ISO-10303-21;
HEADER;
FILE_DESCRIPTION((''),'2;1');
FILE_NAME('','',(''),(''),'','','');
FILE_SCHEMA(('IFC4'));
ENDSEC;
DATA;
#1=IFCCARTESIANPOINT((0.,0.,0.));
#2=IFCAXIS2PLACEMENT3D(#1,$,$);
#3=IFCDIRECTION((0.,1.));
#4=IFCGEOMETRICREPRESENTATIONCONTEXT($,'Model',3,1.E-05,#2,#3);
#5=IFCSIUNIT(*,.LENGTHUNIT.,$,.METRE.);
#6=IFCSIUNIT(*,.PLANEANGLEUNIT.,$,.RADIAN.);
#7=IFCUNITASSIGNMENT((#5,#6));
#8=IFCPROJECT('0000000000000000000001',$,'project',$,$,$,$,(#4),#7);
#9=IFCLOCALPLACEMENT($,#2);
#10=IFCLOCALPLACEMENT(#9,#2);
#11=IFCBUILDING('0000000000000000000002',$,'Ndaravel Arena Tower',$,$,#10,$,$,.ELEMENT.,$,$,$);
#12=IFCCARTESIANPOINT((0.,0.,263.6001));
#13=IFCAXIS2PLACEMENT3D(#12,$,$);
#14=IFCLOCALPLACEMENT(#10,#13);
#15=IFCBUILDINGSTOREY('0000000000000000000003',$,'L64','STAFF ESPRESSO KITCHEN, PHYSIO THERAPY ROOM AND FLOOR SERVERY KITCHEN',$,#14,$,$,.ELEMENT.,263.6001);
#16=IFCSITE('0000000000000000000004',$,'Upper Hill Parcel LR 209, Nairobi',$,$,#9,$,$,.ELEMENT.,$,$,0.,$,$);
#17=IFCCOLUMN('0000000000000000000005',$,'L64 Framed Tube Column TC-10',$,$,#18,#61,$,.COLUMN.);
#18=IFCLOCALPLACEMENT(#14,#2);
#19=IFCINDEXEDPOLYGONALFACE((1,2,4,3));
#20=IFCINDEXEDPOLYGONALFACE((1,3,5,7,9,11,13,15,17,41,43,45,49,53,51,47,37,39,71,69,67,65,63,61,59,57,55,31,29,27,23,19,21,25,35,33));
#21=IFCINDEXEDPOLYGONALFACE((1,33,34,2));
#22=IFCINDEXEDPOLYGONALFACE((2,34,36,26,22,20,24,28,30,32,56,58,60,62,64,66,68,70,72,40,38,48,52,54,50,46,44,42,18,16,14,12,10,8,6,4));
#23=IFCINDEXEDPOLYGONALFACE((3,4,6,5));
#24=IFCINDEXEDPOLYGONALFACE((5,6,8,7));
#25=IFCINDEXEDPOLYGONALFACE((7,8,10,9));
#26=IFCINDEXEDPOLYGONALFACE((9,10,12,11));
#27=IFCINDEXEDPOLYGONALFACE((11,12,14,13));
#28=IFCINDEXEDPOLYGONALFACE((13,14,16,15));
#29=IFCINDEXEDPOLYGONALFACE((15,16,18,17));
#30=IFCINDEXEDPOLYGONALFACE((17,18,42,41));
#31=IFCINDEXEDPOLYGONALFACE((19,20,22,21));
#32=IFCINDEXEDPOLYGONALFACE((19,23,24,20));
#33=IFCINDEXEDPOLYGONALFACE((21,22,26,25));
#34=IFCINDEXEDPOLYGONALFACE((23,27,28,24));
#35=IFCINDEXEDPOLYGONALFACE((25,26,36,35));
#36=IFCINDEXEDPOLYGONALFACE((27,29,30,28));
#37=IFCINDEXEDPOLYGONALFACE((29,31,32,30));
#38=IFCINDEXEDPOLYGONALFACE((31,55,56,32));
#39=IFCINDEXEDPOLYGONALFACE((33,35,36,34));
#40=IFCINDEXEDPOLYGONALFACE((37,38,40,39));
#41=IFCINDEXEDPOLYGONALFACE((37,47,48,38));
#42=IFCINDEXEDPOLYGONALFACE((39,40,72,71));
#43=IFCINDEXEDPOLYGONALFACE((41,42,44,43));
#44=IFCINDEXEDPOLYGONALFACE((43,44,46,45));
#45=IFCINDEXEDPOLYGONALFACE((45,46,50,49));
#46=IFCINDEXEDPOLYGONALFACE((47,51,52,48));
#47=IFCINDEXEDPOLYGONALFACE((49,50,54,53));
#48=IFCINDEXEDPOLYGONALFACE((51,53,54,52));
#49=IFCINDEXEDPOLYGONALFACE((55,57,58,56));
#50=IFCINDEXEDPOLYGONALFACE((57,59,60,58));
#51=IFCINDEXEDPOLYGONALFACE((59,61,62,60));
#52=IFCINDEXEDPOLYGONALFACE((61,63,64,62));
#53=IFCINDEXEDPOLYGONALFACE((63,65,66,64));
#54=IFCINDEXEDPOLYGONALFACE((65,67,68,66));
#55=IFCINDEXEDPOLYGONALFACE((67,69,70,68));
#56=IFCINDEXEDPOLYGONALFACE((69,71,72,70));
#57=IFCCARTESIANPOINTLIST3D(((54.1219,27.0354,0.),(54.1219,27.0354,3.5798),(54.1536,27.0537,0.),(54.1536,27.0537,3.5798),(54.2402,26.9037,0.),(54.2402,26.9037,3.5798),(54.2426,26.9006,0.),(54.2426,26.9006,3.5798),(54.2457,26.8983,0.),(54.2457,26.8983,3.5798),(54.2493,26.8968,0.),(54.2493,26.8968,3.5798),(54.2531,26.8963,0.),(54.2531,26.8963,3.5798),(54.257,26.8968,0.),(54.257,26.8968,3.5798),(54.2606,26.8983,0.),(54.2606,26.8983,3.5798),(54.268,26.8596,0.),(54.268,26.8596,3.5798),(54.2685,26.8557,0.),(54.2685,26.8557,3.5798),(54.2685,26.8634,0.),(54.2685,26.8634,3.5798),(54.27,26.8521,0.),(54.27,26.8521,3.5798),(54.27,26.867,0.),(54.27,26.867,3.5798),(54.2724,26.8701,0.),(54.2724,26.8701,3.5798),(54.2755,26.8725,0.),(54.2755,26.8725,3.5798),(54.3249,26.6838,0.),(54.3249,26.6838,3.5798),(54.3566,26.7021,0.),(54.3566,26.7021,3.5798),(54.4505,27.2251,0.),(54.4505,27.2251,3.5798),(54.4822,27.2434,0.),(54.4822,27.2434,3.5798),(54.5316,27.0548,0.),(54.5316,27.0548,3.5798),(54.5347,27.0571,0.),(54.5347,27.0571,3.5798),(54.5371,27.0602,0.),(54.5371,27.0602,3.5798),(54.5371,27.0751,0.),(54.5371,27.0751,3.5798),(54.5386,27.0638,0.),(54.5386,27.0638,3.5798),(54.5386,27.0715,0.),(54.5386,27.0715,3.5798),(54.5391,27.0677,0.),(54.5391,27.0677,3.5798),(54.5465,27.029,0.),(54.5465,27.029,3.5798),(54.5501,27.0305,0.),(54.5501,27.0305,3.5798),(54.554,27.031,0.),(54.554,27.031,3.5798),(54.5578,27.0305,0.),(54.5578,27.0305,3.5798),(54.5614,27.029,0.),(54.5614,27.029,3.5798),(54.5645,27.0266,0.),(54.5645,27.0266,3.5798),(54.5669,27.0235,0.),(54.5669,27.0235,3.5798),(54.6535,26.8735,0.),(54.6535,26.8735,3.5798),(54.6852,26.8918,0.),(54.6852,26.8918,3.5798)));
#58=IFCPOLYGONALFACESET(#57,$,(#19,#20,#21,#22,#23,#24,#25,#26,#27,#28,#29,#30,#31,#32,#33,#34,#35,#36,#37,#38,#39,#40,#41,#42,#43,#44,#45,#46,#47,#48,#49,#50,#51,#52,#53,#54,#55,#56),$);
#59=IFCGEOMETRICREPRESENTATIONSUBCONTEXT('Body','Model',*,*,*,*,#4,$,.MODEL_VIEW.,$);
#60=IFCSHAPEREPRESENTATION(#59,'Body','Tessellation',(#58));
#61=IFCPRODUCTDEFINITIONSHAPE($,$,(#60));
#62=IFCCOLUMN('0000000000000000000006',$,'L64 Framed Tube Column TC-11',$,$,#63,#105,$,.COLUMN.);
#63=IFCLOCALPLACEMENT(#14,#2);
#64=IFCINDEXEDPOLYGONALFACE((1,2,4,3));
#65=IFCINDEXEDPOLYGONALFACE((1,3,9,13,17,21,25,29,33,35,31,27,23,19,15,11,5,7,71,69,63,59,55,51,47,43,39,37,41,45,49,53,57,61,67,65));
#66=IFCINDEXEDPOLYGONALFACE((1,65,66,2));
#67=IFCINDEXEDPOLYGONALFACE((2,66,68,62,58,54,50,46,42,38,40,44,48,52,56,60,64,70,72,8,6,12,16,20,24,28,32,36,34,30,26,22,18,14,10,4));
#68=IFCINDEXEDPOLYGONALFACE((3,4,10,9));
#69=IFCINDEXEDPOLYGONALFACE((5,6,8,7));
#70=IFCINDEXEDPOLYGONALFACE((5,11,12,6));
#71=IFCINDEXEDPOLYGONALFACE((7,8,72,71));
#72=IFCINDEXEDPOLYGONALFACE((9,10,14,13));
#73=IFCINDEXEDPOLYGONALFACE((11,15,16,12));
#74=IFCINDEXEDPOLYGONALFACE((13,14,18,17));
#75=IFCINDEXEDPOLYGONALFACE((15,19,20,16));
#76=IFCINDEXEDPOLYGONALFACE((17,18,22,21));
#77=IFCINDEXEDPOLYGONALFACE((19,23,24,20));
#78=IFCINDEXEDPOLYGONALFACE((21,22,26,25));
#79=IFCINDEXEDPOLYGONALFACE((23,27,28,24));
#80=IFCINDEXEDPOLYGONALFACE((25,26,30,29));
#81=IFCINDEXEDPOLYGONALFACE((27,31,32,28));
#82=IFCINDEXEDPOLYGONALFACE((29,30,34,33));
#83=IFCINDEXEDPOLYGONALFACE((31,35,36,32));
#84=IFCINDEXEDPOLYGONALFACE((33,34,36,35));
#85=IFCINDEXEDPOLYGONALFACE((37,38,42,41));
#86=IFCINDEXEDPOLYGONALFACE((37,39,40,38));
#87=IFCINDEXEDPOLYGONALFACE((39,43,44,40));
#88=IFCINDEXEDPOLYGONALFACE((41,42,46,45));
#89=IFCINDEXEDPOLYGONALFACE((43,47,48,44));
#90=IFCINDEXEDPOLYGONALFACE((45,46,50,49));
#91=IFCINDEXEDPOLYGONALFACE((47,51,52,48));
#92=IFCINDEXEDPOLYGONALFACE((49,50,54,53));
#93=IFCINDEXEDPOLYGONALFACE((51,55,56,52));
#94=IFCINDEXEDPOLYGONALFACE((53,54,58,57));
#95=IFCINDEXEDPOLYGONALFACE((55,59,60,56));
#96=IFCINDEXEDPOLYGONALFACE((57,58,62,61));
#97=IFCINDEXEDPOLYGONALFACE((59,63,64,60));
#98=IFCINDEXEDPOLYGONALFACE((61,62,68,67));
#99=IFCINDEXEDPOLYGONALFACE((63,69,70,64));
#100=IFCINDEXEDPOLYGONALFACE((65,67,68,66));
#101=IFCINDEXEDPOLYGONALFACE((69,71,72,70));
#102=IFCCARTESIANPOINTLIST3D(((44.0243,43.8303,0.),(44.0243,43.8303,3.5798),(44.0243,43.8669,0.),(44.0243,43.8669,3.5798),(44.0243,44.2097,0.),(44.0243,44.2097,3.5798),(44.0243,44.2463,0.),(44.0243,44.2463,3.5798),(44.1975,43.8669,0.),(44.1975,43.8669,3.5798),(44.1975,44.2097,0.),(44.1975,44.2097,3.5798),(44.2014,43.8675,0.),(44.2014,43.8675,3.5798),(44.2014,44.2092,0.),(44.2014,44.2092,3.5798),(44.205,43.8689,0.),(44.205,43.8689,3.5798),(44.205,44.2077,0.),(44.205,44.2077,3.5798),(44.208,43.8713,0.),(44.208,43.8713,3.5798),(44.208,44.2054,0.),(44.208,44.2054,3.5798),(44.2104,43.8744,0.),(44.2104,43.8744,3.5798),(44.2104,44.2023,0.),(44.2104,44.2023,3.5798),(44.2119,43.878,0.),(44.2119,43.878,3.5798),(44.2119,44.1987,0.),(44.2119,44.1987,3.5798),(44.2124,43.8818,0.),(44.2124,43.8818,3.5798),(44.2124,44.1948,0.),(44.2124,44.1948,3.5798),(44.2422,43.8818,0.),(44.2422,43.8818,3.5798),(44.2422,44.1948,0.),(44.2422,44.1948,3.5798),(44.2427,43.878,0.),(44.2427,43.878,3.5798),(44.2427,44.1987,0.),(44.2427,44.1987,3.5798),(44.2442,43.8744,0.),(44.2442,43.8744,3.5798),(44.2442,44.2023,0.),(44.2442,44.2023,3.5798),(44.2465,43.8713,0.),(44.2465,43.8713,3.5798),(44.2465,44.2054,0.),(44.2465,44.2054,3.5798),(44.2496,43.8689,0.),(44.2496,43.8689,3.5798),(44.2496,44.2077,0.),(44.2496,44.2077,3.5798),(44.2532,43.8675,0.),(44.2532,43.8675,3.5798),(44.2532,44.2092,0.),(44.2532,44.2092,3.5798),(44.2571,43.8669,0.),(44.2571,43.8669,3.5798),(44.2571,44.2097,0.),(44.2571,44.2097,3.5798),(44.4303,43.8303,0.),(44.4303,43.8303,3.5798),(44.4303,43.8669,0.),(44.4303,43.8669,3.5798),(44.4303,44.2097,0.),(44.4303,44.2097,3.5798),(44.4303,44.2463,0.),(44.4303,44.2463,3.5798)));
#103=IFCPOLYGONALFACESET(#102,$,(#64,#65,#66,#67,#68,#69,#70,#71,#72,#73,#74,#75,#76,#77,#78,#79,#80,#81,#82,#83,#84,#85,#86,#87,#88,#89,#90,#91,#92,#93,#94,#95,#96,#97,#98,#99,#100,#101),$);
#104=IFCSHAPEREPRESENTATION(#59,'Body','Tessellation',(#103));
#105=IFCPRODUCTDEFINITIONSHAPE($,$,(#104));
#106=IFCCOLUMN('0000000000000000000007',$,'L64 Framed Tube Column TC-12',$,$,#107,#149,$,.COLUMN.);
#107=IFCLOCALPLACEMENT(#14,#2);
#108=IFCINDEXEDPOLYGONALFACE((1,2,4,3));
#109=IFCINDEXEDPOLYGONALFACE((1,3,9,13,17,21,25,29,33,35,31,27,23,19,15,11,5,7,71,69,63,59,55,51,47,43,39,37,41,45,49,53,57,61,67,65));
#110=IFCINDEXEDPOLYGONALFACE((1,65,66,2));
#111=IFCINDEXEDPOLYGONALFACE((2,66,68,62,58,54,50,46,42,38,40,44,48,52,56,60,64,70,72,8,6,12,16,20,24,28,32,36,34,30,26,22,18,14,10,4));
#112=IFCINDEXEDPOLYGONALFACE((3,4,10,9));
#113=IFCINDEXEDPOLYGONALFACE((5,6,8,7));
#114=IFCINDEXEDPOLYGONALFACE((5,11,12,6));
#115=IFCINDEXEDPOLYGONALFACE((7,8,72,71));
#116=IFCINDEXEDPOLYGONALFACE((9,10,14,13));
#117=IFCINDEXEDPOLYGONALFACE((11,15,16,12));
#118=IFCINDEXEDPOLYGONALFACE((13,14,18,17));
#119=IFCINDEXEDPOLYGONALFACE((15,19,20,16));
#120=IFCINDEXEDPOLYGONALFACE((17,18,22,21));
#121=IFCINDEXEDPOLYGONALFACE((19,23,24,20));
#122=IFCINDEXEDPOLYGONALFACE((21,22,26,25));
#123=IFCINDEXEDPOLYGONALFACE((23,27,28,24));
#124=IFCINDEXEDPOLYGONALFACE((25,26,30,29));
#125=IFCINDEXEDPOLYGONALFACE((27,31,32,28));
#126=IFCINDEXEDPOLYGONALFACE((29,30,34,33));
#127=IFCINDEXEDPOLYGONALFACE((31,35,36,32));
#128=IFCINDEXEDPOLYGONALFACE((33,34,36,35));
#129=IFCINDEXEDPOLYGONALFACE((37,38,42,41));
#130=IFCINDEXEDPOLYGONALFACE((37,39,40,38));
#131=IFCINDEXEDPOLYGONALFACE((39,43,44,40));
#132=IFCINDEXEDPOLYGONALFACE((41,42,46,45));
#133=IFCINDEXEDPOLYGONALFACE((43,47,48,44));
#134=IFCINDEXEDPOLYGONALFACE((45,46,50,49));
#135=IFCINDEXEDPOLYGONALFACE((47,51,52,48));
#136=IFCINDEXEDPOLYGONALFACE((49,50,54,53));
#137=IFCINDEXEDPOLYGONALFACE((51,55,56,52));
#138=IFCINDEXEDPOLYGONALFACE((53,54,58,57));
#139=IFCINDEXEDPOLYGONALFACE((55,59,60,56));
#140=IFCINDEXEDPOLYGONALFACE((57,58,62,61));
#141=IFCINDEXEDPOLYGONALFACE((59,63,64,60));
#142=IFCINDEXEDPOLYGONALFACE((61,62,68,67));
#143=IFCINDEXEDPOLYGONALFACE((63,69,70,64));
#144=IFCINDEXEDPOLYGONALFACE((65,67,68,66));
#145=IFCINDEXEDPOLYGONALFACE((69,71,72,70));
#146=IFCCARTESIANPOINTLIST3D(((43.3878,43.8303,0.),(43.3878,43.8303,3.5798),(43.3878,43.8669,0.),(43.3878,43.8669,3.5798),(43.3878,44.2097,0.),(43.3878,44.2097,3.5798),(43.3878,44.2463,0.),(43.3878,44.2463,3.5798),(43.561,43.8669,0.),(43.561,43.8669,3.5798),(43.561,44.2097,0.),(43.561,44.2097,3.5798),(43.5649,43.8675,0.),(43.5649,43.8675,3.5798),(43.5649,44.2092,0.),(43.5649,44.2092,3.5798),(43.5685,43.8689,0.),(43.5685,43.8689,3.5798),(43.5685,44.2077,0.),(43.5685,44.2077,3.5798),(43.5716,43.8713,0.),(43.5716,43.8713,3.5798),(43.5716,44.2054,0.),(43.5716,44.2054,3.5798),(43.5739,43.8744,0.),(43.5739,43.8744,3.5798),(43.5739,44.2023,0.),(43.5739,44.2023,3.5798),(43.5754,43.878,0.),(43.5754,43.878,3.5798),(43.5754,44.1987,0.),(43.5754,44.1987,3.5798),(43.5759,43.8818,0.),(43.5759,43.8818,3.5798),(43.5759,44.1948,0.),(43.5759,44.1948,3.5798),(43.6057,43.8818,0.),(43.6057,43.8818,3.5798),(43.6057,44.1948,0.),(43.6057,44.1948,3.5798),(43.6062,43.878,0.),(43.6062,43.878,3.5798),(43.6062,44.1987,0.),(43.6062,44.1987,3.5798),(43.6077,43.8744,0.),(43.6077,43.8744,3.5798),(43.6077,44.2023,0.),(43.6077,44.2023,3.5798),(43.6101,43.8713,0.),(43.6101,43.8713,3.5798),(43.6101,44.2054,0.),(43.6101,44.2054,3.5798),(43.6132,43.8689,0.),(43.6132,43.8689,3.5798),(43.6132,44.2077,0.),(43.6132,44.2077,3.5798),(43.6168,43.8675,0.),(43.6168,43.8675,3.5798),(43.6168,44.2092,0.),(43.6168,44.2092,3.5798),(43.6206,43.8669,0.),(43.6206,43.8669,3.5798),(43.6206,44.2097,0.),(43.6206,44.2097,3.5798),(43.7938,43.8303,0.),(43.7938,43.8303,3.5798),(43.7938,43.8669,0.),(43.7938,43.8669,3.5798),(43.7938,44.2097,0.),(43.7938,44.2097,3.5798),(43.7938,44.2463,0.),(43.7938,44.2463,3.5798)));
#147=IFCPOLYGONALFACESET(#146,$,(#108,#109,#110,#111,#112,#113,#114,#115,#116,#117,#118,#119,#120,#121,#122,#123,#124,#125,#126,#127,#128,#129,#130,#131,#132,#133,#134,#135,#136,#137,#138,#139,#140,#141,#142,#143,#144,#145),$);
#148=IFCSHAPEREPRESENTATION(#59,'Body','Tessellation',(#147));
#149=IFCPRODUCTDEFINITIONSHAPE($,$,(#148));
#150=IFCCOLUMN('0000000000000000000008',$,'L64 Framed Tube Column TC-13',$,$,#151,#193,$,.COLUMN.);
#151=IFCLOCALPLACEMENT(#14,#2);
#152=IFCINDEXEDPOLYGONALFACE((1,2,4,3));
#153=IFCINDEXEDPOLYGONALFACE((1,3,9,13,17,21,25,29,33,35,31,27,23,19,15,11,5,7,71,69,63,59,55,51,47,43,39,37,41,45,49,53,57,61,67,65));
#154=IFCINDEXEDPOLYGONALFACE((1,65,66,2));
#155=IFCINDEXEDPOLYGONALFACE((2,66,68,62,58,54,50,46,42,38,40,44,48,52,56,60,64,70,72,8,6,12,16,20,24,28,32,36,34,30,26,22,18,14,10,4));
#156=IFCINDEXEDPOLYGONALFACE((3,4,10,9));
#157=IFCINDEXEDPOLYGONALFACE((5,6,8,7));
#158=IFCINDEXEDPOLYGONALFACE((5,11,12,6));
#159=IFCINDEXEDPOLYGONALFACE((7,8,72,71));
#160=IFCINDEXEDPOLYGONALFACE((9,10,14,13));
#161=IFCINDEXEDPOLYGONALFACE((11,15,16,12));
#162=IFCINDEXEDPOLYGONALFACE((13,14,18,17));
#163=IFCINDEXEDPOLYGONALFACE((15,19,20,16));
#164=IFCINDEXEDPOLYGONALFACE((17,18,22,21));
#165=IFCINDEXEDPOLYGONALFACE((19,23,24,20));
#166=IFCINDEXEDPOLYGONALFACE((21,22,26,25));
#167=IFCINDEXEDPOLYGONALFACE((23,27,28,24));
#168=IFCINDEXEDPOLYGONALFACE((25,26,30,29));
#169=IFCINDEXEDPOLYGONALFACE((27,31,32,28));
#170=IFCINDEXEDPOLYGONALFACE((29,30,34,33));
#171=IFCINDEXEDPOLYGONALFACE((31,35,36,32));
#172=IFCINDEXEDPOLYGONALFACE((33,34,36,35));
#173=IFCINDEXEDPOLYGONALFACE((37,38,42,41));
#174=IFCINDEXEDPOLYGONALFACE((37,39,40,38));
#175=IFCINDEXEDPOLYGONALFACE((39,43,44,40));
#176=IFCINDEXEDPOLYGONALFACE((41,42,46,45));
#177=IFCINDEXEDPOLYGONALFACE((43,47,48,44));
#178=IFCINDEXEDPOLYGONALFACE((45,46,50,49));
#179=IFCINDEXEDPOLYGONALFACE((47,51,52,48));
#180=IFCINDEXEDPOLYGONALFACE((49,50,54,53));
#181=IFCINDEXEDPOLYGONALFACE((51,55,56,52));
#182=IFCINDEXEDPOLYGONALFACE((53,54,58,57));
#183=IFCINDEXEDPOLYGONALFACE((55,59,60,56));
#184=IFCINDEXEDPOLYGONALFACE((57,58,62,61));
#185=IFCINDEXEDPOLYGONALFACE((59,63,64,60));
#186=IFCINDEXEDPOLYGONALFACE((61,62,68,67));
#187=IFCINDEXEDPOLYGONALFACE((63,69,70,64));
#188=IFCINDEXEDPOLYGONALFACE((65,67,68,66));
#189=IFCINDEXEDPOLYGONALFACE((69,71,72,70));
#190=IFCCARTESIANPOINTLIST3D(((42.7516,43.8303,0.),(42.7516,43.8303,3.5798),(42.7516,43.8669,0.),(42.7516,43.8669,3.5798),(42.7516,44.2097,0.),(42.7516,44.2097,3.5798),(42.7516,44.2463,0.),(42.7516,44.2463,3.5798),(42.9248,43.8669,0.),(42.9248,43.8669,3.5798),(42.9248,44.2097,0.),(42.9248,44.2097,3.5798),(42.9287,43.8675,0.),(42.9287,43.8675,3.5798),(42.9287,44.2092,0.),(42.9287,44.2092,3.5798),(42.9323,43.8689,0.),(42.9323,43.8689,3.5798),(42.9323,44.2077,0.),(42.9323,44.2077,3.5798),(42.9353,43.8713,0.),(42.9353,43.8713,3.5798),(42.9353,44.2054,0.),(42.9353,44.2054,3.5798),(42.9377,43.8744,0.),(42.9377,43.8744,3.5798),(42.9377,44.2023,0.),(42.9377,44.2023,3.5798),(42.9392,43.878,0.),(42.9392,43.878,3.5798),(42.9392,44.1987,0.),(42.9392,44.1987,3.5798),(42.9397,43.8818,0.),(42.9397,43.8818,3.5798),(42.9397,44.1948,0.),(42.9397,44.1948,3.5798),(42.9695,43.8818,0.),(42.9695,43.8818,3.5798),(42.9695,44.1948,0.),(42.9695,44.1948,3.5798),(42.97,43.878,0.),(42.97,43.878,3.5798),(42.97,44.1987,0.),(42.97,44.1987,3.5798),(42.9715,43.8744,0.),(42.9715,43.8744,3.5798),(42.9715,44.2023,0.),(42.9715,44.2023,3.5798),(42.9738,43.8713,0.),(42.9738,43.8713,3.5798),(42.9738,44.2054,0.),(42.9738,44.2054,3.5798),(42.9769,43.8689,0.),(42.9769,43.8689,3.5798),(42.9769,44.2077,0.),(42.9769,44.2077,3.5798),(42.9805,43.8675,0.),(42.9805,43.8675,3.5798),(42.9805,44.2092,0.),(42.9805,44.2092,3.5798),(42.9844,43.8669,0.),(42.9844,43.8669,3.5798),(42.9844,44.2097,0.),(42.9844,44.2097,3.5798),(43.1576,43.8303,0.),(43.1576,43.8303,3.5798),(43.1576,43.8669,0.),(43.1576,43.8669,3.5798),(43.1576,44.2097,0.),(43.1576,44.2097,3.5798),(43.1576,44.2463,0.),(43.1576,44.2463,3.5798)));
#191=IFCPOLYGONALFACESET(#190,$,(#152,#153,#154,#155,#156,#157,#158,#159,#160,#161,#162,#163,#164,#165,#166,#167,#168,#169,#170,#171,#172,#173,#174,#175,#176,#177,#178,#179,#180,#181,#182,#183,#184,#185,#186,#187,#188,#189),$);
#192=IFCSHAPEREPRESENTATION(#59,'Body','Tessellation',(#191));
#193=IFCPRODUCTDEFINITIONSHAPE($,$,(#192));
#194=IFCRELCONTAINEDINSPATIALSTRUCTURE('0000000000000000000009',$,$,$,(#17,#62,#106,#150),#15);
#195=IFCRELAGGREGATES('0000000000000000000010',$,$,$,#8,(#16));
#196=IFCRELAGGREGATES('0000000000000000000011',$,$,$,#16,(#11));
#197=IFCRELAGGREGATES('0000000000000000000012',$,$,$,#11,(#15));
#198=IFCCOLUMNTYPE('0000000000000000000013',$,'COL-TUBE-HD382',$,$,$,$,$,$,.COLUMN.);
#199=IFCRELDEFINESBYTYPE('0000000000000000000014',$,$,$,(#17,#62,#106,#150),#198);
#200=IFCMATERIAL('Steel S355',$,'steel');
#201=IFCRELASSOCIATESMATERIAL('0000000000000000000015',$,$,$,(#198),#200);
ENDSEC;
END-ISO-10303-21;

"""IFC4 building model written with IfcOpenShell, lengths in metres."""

from ifc_helpers import new_model, si_unit, direction, frame, origin, origin_2d, place, context, subcontext, project, spatial, i_section, extrude, material, material_profile, profile_set, type_object, element, save


model = new_model("IFC4")

# Units and contexts
model_context = context("Model", 3, precision=1e-05, world=origin(), true_north=direction((0.0, 1.0)))
body_context = subcontext(model_context, "Body", "Model", "MODEL_VIEW")
ifc_project = project(units=[si_unit("LENGTHUNIT", "METRE"), si_unit("PLANEANGLEUNIT", "RADIAN")], contexts=[model_context])

# Site, building, storey
site_placement = place(None, origin())
site = spatial("IfcSite", under=ifc_project, at=site_placement, Name="Upper Hill Parcel LR 209, Nairobi", CompositionType="ELEMENT", RefElevation=0.0)
building_placement = place(site_placement, origin())
building = spatial("IfcBuilding", under=site, at=building_placement, Name="Ndaravel Arena Tower", CompositionType="ELEMENT")
storey_placement = place(building_placement, frame((0.0, 0.0, 263.6001)))
storey = spatial("IfcBuildingStorey", under=building, at=storey_placement, Name="L64", Description="STAFF ESPRESSO KITCHEN, PHYSIO THERAPY ROOM AND FLOOR SERVERY KITCHEN", CompositionType="ELEMENT", Elevation=263.6001)

# Columns
ifc_material_1 = material(Name="Steel S355", Category="steel")
ifc_material_profile_1 = material_profile(ifc_material_1, i_section(OverallWidth=0.406, OverallDepth=0.416, WebThickness=0.0298, FlangeThickness=0.0366, FilletRadius=0.0149, at=origin_2d()), Name="HD 400x382")
ifc_profile_set_1 = profile_set([ifc_material_profile_1], Name="Steel S355")
column_type = type_object("IfcColumnType", Name="COL-TUBE-HD382", PredefinedType="COLUMN", material=ifc_profile_set_1)
for number, where, z_axis, x_axis, name in (
    (1, (54.4036, 26.9636, 0.0), (0.0, 0.0, 1.0), (-0.5, 0.866025, 0.0), "L64 Framed Tube Column TC-10"),
    (2, (44.2273, 44.0383, 0.0), (0.0, 0.0, 1.0), (1.0, 0.0, 0.0), "L64 Framed Tube Column TC-11"),
    (3, (43.5908, 44.0383, 0.0), (0.0, 0.0, 1.0), (1.0, 0.0, 0.0), "L64 Framed Tube Column TC-12"),
    (4, (42.9546, 44.0383, 0.0), (0.0, 0.0, 1.0), (1.0, 0.0, 0.0), "L64 Framed Tube Column TC-13"),
):
    element("IfcColumn", number, at=place(storey_placement, frame(where, z_axis=z_axis, x_axis=x_axis)), inside=storey, type_object=column_type, Name=name, PredefinedType="COLUMN", context=body_context, shape_type="SweptSolid", body=[
        extrude(i_section(OverallWidth=0.406, OverallDepth=0.416, WebThickness=0.0298, FlangeThickness=0.0366, FilletRadius=0.0149, at=origin_2d()), origin(), (0.0, 0.0, 1.0), 3.5798),
    ])

save(model, "model.ifc")
